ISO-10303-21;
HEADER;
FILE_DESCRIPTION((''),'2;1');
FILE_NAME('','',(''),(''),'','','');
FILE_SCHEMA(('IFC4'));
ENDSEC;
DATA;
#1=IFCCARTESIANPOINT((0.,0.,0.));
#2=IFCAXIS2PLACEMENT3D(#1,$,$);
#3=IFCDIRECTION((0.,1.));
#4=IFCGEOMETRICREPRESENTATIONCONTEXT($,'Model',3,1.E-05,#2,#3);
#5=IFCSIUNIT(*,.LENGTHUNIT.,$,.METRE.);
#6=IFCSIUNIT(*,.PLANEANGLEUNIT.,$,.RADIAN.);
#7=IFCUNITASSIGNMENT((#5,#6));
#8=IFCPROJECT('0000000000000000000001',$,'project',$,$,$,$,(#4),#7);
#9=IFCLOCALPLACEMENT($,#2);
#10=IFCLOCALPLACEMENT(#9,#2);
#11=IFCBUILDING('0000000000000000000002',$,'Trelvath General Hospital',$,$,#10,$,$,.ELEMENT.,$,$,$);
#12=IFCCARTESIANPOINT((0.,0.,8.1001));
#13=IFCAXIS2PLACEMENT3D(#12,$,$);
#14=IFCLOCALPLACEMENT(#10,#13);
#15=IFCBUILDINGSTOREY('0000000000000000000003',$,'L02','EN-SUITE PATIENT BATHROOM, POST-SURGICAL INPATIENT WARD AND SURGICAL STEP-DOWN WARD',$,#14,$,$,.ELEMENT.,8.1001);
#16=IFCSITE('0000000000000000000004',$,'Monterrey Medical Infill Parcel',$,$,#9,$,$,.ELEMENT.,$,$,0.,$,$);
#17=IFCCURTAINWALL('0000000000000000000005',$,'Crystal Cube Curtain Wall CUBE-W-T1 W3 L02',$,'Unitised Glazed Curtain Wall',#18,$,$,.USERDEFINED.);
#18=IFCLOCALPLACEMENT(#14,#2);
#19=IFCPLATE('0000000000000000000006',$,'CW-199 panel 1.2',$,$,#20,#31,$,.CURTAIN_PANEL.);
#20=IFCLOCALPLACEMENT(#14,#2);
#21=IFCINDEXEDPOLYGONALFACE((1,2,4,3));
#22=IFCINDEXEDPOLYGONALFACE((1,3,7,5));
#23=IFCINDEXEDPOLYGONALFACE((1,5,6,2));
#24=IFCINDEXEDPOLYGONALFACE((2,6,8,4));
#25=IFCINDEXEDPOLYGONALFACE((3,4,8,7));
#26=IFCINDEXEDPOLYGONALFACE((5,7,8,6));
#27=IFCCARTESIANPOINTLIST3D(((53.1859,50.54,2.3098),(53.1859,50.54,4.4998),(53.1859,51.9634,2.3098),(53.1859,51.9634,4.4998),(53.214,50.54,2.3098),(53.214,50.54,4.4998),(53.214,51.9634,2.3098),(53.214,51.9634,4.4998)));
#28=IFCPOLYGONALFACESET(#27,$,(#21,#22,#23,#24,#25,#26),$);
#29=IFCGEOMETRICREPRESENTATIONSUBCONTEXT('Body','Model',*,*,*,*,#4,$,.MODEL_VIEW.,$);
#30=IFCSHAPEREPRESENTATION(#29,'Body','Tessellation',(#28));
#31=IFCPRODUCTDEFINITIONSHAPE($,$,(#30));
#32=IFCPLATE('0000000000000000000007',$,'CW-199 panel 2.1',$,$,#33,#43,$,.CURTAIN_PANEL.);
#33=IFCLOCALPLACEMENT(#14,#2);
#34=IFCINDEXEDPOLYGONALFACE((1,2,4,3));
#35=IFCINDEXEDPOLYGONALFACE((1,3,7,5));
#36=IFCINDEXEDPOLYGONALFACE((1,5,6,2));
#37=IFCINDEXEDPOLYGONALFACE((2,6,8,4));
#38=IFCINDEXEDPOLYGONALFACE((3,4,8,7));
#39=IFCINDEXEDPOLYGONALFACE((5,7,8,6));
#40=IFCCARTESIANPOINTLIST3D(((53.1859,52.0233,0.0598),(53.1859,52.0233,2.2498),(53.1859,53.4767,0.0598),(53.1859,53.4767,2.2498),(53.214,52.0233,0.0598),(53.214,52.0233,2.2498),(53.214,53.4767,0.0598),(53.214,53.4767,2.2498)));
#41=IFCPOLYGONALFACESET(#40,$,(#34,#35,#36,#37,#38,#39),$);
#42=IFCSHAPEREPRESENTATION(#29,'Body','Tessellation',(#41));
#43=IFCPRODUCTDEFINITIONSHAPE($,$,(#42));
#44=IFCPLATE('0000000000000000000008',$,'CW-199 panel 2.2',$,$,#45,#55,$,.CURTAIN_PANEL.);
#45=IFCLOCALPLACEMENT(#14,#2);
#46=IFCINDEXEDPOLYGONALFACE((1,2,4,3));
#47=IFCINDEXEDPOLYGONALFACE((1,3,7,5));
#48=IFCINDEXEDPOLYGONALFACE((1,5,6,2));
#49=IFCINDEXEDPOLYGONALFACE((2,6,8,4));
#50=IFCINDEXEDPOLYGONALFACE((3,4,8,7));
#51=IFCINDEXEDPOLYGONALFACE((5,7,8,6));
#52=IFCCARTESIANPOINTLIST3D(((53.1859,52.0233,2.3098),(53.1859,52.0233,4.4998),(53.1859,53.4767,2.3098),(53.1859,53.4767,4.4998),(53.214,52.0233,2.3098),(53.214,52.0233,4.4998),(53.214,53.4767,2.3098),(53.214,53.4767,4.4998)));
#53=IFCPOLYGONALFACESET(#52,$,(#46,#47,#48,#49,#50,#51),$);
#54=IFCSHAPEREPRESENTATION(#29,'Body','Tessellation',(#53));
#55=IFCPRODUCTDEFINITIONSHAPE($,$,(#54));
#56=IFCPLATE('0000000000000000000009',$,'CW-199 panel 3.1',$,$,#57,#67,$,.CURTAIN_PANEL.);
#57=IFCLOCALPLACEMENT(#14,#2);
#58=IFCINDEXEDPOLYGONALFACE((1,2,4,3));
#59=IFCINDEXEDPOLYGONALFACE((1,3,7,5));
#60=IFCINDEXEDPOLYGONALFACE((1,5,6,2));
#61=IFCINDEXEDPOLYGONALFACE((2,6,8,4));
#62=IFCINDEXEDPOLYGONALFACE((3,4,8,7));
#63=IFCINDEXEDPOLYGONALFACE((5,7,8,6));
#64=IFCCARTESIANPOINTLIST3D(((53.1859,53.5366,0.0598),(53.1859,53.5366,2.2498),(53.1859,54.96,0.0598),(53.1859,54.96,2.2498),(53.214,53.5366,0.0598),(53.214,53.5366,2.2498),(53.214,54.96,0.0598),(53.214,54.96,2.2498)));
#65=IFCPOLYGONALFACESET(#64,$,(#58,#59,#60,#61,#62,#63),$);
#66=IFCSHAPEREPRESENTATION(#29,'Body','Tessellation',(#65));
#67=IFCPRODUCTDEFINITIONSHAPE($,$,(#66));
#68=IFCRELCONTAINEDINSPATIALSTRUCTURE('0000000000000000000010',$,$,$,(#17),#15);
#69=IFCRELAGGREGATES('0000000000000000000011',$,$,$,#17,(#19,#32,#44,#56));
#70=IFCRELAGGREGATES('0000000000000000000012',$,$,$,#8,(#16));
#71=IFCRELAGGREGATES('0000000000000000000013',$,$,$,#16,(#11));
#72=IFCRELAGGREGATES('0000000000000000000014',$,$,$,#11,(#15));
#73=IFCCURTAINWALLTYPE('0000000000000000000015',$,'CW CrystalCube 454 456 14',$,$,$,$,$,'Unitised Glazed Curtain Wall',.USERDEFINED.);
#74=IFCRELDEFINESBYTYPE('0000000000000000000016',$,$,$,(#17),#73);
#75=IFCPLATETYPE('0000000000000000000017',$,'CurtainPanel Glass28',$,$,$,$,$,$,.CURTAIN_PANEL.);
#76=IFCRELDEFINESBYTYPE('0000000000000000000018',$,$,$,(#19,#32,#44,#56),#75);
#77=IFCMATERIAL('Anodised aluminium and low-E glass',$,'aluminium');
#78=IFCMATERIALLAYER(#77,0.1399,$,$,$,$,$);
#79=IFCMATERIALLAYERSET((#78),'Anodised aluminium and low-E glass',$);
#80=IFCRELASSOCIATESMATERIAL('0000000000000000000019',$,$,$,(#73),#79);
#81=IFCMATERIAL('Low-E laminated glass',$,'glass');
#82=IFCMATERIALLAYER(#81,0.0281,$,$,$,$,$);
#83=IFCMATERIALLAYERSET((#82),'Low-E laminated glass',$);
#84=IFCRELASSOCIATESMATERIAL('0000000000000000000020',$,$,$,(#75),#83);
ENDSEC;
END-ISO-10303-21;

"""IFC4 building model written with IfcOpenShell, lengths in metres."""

from ifc_helpers import new_model, si_unit, direction, frame, origin, origin_2d, place, context, subcontext, project, spatial, rectangle, extrude, material, layer, layer_set, type_object, element, aggregate, save


model = new_model("IFC4")

# Units and contexts
model_context = context("Model", 3, precision=1e-05, world=origin(), true_north=direction((0.0, 1.0)))
body_context = subcontext(model_context, "Body", "Model", "MODEL_VIEW")
ifc_project = project(units=[si_unit("LENGTHUNIT", "METRE"), si_unit("PLANEANGLEUNIT", "RADIAN")], contexts=[model_context])

# Site, building, storey
site_placement = place(None, origin())
site = spatial("IfcSite", under=ifc_project, at=site_placement, Name="Monterrey Medical Infill Parcel", CompositionType="ELEMENT", RefElevation=0.0)
building_placement = place(site_placement, origin())
building = spatial("IfcBuilding", under=site, at=building_placement, Name="Trelvath General Hospital", CompositionType="ELEMENT")
storey_placement = place(building_placement, frame((0.0, 0.0, 8.1001)))
storey = spatial("IfcBuildingStorey", under=building, at=storey_placement, Name="L02", Description="EN-SUITE PATIENT BATHROOM, POST-SURGICAL INPATIENT WARD AND SURGICAL STEP-DOWN WARD", CompositionType="ELEMENT", Elevation=8.1001)

# Curtain wall
ifc_material_1 = material(Name="Anodised aluminium and low-E glass", Category="aluminium")
ifc_layer_1 = layer(ifc_material_1, 0.1399)
ifc_layer_set_1 = layer_set([ifc_layer_1], Name="Anodised aluminium and low-E glass")
curtain_wall_type_1 = type_object("IfcCurtainWallType", Name="CW CrystalCube 454 456 14", ElementType="Unitised Glazed Curtain Wall", PredefinedType="USERDEFINED", material=ifc_layer_set_1)
curtain_wall_1_placement = place(storey_placement, origin())
curtain_wall_1 = element("IfcCurtainWall", 1, at=curtain_wall_1_placement, inside=storey, type_object=curtain_wall_type_1, Name="Crystal Cube Curtain Wall CUBE-W-T1 W3 L02", ObjectType="Unitised Glazed Curtain Wall", PredefinedType="USERDEFINED")

# Plates
ifc_material_2 = material(Name="Low-E laminated glass", Category="glass")
ifc_layer_2 = layer(ifc_material_2, 0.0281)
ifc_layer_set_2 = layer_set([ifc_layer_2], Name="Low-E laminated glass")
plate_type = type_object("IfcPlateType", Name="CurtainPanel Glass28", PredefinedType="CURTAIN_PANEL", material=ifc_layer_set_2)
plate_1_placement = place(storey_placement, frame((53.2, 51.2517, 2.3098), z_axis=(0.0, 0.0, 1.0), x_axis=(0.0, 1.0, 0.0)))
plate_1 = element("IfcPlate", 2, at=plate_1_placement, type_object=plate_type, Name="CW-199 panel 1.2", PredefinedType="CURTAIN_PANEL", context=body_context, shape_type="SweptSolid", body=[
    extrude(rectangle(XDim=1.4233, YDim=0.0281, at=origin_2d()), origin(), (0.0, 0.0, 1.0), 2.1899),
])
plate_2_placement = place(storey_placement, frame((53.2, 52.75, 0.0598), z_axis=(0.0, 0.0, 1.0), x_axis=(0.0, 1.0, 0.0)))
plate_2 = element("IfcPlate", 3, at=plate_2_placement, type_object=plate_type, Name="CW-199 panel 2.1", PredefinedType="CURTAIN_PANEL", context=body_context, shape_type="SweptSolid", body=[
    extrude(rectangle(XDim=1.4534, YDim=0.0281, at=origin_2d()), origin(), (0.0, 0.0, 1.0), 2.1899),
])
plate_3_placement = place(storey_placement, frame((53.2, 52.75, 2.3098), z_axis=(0.0, 0.0, 1.0), x_axis=(0.0, 1.0, 0.0)))
plate_3 = element("IfcPlate", 4, at=plate_3_placement, type_object=plate_type, Name="CW-199 panel 2.2", PredefinedType="CURTAIN_PANEL", context=body_context, shape_type="SweptSolid", body=[
    extrude(rectangle(XDim=1.4534, YDim=0.0281, at=origin_2d()), origin(), (0.0, 0.0, 1.0), 2.1899),
])
plate_4_placement = place(storey_placement, frame((53.2, 54.2483, 0.0598), z_axis=(0.0, 0.0, 1.0), x_axis=(0.0, 1.0, 0.0)))
plate_4 = element("IfcPlate", 5, at=plate_4_placement, type_object=plate_type, Name="CW-199 panel 3.1", PredefinedType="CURTAIN_PANEL", context=body_context, shape_type="SweptSolid", body=[
    extrude(rectangle(XDim=1.4233, YDim=0.0281, at=origin_2d()), origin(), (0.0, 0.0, 1.0), 2.1899),
])
aggregate(curtain_wall_1, [plate_1, plate_2, plate_3, plate_4])

save(model, "model.ifc")
